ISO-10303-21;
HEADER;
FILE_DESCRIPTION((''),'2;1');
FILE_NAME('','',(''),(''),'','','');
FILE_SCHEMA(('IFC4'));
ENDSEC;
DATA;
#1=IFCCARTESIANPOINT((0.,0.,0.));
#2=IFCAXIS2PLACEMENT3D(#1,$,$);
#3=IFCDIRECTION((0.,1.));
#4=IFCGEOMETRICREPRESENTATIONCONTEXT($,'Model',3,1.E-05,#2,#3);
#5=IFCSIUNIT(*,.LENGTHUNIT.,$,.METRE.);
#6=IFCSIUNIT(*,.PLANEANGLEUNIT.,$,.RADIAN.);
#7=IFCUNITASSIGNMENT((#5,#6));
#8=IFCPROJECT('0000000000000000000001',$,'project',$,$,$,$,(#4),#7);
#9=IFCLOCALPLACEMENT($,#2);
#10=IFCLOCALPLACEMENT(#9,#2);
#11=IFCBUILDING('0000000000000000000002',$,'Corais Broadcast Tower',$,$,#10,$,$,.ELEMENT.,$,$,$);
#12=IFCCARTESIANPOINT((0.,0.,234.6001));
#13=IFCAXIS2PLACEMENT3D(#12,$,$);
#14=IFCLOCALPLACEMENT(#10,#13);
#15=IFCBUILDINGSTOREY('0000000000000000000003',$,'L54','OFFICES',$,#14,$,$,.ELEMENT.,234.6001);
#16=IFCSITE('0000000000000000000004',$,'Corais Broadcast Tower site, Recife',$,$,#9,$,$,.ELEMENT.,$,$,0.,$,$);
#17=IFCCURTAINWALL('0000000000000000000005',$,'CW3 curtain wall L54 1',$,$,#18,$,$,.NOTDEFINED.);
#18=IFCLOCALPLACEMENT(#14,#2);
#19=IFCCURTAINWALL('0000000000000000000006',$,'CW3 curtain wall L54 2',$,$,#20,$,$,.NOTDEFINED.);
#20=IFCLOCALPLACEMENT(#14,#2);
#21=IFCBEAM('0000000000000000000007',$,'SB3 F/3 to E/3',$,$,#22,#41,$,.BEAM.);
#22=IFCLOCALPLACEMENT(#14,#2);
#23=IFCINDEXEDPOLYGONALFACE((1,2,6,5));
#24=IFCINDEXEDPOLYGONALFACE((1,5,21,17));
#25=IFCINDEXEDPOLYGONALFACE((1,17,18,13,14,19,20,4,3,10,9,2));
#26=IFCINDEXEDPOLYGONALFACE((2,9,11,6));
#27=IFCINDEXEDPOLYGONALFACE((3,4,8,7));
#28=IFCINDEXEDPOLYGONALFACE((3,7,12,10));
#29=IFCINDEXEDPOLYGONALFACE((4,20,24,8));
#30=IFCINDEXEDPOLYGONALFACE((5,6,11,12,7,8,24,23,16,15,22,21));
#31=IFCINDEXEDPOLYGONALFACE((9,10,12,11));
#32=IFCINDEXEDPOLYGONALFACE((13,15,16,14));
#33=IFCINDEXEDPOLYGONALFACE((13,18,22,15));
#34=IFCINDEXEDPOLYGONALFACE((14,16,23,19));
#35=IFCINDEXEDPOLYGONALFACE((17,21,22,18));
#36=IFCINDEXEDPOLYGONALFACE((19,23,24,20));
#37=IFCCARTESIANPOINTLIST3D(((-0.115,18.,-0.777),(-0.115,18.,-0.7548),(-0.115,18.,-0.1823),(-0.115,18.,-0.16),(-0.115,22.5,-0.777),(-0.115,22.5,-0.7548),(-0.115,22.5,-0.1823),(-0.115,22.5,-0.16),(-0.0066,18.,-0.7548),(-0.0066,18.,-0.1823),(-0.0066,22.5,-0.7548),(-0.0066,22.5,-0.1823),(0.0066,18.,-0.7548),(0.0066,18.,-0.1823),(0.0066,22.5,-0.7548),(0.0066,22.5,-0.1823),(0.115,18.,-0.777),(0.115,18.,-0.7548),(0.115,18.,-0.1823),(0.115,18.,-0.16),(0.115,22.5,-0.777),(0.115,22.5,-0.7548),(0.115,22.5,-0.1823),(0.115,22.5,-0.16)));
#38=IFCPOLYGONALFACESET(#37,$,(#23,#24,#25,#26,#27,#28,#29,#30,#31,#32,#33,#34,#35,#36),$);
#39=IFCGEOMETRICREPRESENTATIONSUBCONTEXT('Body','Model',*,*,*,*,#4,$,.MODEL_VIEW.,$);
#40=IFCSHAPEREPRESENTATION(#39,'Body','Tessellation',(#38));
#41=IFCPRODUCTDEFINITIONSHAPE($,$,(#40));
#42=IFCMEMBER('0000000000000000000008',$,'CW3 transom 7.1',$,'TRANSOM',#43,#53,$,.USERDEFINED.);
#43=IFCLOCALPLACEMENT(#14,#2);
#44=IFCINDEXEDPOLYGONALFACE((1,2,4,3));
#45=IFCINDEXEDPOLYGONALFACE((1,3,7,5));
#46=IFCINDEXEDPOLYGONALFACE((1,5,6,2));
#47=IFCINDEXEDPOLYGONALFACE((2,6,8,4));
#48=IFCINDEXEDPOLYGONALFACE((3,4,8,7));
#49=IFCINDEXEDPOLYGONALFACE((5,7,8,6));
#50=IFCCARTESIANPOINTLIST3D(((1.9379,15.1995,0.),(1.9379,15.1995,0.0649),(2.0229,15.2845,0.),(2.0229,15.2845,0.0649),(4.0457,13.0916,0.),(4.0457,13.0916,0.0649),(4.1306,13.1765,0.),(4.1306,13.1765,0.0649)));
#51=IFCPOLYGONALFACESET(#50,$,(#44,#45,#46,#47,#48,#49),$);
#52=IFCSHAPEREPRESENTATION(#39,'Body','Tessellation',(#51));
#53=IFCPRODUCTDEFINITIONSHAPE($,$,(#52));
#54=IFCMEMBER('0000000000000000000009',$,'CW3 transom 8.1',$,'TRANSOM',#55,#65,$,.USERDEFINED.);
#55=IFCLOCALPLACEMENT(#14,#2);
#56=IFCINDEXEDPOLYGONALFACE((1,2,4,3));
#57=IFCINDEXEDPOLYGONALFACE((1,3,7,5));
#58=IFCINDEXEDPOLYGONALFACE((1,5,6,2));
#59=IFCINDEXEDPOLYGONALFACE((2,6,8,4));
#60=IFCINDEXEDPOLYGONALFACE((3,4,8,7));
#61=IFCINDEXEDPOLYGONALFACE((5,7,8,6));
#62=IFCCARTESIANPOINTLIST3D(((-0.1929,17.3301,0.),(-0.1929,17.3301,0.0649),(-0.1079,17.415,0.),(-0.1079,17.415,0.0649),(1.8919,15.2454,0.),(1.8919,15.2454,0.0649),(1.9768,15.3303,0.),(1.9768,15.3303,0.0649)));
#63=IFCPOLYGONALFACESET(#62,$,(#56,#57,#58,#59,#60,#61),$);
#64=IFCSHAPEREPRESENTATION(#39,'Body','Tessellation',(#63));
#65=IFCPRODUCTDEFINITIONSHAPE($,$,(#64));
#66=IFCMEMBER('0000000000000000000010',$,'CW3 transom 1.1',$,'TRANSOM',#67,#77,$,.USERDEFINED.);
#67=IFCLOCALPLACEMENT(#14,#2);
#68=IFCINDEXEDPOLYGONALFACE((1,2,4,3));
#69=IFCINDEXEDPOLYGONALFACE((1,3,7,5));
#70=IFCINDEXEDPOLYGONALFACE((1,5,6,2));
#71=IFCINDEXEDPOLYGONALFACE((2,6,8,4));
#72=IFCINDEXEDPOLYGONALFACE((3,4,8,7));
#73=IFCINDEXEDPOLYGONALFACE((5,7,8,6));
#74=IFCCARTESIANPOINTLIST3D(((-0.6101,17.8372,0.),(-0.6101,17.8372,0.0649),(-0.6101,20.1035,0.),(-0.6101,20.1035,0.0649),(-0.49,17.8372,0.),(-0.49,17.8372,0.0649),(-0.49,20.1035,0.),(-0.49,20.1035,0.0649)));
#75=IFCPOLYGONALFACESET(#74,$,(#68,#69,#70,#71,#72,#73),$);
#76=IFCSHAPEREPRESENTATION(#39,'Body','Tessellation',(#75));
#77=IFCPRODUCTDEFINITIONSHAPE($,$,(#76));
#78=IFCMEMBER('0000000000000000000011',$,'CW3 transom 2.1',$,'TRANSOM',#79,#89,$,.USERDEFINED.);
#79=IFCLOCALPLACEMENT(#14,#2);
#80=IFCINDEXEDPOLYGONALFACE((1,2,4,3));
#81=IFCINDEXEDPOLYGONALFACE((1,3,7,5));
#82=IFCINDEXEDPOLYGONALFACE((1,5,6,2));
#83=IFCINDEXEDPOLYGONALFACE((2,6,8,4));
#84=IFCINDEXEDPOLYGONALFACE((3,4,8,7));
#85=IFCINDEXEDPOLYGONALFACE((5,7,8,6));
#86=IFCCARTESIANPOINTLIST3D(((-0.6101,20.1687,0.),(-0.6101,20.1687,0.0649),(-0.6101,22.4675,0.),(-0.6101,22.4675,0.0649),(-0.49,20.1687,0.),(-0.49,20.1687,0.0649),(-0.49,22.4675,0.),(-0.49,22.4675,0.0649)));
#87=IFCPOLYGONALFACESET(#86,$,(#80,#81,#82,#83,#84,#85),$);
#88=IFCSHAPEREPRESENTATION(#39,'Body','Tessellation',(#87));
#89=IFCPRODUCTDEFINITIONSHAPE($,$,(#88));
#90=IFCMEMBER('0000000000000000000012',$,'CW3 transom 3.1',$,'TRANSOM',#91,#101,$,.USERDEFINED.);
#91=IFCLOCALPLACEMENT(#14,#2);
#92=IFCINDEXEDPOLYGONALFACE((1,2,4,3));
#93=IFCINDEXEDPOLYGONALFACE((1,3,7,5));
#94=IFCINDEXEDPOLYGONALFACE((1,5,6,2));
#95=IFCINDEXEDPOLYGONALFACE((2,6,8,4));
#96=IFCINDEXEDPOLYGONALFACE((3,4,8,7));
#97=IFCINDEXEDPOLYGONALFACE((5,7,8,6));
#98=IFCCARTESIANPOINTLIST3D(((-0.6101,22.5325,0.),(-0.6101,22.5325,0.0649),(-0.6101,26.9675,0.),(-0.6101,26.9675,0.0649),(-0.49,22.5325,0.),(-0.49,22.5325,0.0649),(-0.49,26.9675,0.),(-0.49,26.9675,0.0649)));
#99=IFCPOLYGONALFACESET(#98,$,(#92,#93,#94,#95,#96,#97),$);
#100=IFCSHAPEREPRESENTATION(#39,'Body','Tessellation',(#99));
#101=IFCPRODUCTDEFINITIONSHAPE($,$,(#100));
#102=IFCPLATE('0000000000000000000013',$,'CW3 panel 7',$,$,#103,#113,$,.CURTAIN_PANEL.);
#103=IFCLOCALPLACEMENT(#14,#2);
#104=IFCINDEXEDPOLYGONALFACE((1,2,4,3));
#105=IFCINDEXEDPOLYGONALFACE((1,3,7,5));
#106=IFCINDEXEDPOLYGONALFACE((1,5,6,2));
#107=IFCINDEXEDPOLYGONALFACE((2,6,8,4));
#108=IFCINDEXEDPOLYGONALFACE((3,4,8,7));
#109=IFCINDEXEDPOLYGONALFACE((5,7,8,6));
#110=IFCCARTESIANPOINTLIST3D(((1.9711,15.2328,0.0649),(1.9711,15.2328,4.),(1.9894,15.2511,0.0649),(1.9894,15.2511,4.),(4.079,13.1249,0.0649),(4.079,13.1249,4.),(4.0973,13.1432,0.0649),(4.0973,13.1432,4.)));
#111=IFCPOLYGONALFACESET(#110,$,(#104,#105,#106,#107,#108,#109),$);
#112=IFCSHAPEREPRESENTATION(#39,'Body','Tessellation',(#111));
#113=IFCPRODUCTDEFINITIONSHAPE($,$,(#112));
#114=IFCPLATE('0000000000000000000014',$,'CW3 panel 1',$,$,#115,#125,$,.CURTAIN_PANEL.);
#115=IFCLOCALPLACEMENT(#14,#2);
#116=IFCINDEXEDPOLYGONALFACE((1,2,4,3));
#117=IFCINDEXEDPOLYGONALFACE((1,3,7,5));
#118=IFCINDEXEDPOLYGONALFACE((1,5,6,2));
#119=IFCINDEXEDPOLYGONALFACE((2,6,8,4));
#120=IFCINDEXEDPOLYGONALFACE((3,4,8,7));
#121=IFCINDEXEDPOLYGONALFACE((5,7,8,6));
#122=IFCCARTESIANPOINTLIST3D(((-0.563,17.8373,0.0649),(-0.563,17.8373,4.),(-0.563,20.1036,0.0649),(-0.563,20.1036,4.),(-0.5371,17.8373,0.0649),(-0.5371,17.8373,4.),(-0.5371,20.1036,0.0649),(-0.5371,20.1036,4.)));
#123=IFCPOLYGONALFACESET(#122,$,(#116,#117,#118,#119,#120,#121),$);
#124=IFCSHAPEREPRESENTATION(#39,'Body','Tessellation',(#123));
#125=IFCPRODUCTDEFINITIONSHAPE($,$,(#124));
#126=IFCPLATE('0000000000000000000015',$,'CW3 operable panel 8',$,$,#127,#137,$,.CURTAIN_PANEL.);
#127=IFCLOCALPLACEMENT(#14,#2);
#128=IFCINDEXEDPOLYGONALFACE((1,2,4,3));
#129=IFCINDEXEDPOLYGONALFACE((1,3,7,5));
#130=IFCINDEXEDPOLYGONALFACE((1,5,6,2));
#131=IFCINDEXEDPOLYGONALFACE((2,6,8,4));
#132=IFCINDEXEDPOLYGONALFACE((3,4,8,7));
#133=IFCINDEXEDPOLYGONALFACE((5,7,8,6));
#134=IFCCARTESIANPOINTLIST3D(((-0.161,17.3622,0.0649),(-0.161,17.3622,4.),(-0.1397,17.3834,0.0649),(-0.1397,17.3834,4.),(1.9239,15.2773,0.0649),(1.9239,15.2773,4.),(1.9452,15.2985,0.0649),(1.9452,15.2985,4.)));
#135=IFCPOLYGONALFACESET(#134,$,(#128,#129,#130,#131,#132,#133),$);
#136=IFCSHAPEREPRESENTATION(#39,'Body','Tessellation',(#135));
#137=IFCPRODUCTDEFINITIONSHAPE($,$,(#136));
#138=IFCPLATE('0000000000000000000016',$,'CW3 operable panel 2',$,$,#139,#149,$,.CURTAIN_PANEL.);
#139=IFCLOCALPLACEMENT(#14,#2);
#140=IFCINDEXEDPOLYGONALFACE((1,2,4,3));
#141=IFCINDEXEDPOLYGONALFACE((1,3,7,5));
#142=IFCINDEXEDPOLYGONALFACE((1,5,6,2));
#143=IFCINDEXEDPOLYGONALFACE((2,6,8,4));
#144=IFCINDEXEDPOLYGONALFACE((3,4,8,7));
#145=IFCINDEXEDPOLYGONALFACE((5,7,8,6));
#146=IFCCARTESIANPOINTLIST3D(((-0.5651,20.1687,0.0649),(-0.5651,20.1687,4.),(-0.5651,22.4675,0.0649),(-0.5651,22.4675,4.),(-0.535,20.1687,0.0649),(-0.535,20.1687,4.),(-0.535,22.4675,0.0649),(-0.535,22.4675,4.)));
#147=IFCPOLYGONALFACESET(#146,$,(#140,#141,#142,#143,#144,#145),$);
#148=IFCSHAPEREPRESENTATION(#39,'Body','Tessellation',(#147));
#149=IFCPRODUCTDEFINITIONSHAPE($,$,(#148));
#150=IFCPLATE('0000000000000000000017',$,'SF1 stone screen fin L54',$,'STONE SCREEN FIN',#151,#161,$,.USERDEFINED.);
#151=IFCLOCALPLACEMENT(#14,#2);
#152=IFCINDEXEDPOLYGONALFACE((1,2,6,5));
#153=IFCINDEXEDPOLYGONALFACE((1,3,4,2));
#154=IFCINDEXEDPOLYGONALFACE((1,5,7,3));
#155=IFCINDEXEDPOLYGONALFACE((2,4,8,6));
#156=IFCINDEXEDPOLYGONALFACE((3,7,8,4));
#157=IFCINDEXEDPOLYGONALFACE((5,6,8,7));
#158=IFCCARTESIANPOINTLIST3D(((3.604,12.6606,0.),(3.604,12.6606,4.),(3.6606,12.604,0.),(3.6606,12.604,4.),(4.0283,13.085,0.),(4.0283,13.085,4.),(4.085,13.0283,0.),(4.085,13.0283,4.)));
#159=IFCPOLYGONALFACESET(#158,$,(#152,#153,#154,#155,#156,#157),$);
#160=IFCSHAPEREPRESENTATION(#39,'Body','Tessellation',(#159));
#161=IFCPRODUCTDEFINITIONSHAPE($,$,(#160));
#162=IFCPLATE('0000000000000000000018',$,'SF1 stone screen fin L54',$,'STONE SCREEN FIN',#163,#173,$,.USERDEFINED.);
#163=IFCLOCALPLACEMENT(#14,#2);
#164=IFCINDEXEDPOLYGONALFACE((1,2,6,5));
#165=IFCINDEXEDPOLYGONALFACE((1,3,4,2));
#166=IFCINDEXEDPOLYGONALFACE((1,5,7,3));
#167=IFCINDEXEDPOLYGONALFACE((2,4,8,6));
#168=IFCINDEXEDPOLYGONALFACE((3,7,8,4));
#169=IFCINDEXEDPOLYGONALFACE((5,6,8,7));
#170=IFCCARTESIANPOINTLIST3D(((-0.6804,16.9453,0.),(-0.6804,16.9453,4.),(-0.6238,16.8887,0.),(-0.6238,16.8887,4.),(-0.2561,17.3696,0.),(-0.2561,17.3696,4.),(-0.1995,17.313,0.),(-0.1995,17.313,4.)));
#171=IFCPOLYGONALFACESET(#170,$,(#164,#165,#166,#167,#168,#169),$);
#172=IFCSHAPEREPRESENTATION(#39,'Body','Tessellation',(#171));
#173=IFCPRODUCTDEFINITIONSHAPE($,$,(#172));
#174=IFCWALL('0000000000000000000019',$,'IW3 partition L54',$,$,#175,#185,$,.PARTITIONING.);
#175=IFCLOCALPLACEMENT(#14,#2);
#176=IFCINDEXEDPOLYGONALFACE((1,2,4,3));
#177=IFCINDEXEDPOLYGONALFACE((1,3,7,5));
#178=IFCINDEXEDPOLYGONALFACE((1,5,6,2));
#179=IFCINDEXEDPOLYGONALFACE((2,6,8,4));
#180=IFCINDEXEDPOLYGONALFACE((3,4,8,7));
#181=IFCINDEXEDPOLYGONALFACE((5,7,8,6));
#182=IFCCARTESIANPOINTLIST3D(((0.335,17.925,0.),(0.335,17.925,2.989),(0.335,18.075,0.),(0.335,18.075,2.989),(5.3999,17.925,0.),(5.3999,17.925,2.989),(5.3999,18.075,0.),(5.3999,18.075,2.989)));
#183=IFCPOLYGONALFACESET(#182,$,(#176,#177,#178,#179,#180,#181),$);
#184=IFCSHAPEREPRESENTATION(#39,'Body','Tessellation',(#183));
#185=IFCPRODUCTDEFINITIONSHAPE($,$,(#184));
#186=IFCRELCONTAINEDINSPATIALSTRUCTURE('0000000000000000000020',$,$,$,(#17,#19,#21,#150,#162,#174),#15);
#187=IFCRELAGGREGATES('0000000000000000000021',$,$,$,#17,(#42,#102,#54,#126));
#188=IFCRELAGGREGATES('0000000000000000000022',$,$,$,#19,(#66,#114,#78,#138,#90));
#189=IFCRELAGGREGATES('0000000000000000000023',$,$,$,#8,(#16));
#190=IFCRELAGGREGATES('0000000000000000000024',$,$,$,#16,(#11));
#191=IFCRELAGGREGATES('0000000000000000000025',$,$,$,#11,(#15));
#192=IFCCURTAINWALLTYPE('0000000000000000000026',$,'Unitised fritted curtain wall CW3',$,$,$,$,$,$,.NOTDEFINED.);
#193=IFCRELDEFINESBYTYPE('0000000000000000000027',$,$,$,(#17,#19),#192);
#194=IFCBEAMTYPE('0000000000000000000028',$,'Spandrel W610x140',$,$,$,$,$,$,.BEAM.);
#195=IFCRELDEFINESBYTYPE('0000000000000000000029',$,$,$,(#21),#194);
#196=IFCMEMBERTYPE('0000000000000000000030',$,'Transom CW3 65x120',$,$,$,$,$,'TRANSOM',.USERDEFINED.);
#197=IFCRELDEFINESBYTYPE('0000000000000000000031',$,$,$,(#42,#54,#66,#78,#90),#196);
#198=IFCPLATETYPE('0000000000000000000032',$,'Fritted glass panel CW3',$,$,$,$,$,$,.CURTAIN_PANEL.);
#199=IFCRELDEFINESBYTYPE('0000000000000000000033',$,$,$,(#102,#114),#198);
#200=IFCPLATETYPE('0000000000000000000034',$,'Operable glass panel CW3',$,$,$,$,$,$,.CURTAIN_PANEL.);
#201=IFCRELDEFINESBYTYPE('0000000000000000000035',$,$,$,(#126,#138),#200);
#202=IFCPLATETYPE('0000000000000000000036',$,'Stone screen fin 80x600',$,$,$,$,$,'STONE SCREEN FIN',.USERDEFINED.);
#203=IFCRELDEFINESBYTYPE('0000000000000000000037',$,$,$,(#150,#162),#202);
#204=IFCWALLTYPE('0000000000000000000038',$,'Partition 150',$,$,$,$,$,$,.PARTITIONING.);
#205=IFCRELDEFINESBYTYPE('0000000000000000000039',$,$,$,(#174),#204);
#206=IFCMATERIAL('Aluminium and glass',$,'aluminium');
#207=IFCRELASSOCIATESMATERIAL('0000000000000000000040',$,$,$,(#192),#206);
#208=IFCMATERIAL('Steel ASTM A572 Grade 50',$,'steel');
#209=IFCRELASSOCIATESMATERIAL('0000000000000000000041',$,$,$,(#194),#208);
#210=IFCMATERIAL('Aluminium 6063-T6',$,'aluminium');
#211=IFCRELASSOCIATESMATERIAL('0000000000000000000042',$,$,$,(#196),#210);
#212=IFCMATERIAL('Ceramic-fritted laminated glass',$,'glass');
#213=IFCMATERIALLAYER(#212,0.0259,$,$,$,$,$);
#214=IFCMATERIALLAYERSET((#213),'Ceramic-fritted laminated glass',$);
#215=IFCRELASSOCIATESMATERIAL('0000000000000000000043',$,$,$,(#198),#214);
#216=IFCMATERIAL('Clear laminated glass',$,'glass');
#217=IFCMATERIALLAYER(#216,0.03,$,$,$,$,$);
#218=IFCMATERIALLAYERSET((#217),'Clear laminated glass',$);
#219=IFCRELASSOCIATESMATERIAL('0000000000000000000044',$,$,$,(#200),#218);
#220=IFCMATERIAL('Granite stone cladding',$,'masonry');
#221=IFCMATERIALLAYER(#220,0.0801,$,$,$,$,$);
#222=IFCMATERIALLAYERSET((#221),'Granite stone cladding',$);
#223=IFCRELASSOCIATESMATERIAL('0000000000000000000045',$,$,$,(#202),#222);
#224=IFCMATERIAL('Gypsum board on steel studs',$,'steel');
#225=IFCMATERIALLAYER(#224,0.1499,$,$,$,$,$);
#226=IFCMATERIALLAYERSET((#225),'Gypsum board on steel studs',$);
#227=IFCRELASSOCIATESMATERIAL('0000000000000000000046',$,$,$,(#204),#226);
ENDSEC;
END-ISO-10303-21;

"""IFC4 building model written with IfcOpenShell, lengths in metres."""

from ifc_helpers import new_model, si_unit, direction, frame, frame_2d, origin, origin_2d, place, context, subcontext, project, spatial, rectangle, i_section, extrude, material, layer, layer_set, material_profile, profile_set, type_object, element, aggregate, save


model = new_model("IFC4")

# Units and contexts
model_context = context("Model", 3, precision=1e-05, world=origin(), true_north=direction((0.0, 1.0)))
body_context = subcontext(model_context, "Body", "Model", "MODEL_VIEW")
ifc_project = project(units=[si_unit("LENGTHUNIT", "METRE"), si_unit("PLANEANGLEUNIT", "RADIAN")], contexts=[model_context])

# Site, building, storey
site_placement = place(None, origin())
site = spatial("IfcSite", under=ifc_project, at=site_placement, Name="Corais Broadcast Tower site, Recife", CompositionType="ELEMENT", RefElevation=0.0)
building_placement = place(site_placement, origin())
building = spatial("IfcBuilding", under=site, at=building_placement, Name="Corais Broadcast Tower", CompositionType="ELEMENT")
storey_placement = place(building_placement, frame((0.0, 0.0, 234.6001)))
storey = spatial("IfcBuildingStorey", under=building, at=storey_placement, Name="L54", Description="OFFICES", CompositionType="ELEMENT", Elevation=234.6001)

# Curtain walls
ifc_material_1 = material(Name="Aluminium and glass", Category="aluminium")
curtain_wall_type = type_object("IfcCurtainWallType", Name="Unitised fritted curtain wall CW3", PredefinedType="NOTDEFINED", material=ifc_material_1)
curtain_wall_1_placement = place(storey_placement, origin())
curtain_wall_1 = element("IfcCurtainWall", 1, at=curtain_wall_1_placement, inside=storey, type_object=curtain_wall_type, Name="CW3 curtain wall L54 1", PredefinedType="NOTDEFINED")
curtain_wall_2_placement = place(storey_placement, origin())
curtain_wall_2 = element("IfcCurtainWall", 2, at=curtain_wall_2_placement, inside=storey, type_object=curtain_wall_type, Name="CW3 curtain wall L54 2", PredefinedType="NOTDEFINED")

# Beam
ifc_material_2 = material(Name="Steel ASTM A572 Grade 50", Category="steel")
ifc_material_profile_1 = material_profile(ifc_material_2, i_section(OverallWidth=0.23, OverallDepth=0.6169, WebThickness=0.0132, FlangeThickness=0.0222, at=origin_2d()), Name="W610x140")
ifc_profile_set_1 = profile_set([ifc_material_profile_1], Name="Steel ASTM A572 Grade 50")
beam_type_1 = type_object("IfcBeamType", Name="Spandrel W610x140", PredefinedType="BEAM", material=ifc_profile_set_1)
beam_1_placement = place(storey_placement, frame((0.0, 22.5, -0.4685), z_axis=(0.0, -1.0, 0.0), x_axis=(1.0, 0.0, 0.0)))
element("IfcBeam", 3, at=beam_1_placement, inside=storey, type_object=beam_type_1, Name="SB3 F/3 to E/3", PredefinedType="BEAM", context=body_context, shape_type="SweptSolid", body=[
    extrude(i_section(OverallWidth=0.23, OverallDepth=0.6169, WebThickness=0.0132, FlangeThickness=0.0222, at=origin_2d()), origin(), (0.0, 0.0, 1.0), 4.5),
])

# Members
ifc_material_3 = material(Name="Aluminium 6063-T6", Category="aluminium")
ifc_material_profile_2 = material_profile(ifc_material_3, rectangle(XDim=0.1201, YDim=0.0649, at=origin_2d()), Name="Transom CW3 65x120")
ifc_profile_set_2 = profile_set([ifc_material_profile_2], Name="Aluminium 6063-T6")
member_type_1 = type_object("IfcMemberType", Name="Transom CW3 65x120", ElementType="TRANSOM", PredefinedType="USERDEFINED", material=ifc_profile_set_2)
member_1_placement = place(storey_placement, frame((4.0881, 13.134, 0.0325), z_axis=(-0.707066, 0.707148, 0.0), x_axis=(-0.707148, -0.707066, 0.0)))
member_1 = element("IfcMember", 4, at=member_1_placement, type_object=member_type_1, Name="CW3 transom 7.1", ObjectType="TRANSOM", PredefinedType="USERDEFINED", context=body_context, shape_type="SweptSolid", body=[
    extrude(rectangle(XDim=0.1201, YDim=0.0649, at=origin_2d()), origin(), (0.0, 0.0, 1.0), 2.981),
])
member_2_placement = place(storey_placement, frame((1.9343, 15.2878, 0.0325), z_axis=(-0.707107, 0.707107, 0.0), x_axis=(-0.707107, -0.707107, 0.0)))
member_2 = element("IfcMember", 5, at=member_2_placement, type_object=member_type_1, Name="CW3 transom 8.1", ObjectType="TRANSOM", PredefinedType="USERDEFINED", context=body_context, shape_type="SweptSolid", body=[
    extrude(rectangle(XDim=0.1201, YDim=0.0649, at=origin_2d()), origin(), (0.0, 0.0, 1.0), 2.9482),
])
member_3_placement = place(storey_placement, frame((-0.55, 17.8372, 0.0325), z_axis=(0.0, 1.0, 0.0), x_axis=(-1.0, 0.0, 0.0)))
member_3 = element("IfcMember", 6, at=member_3_placement, type_object=member_type_1, Name="CW3 transom 1.1", ObjectType="TRANSOM", PredefinedType="USERDEFINED", context=body_context, shape_type="SweptSolid", body=[
    extrude(rectangle(XDim=0.1201, YDim=0.0649, at=origin_2d()), origin(), (0.0, 0.0, 1.0), 2.2664),
])
member_4_placement = place(storey_placement, frame((-0.55, 20.1687, 0.0325), z_axis=(0.0, 1.0, 0.0), x_axis=(-1.0, 0.0, 0.0)))
member_4 = element("IfcMember", 7, at=member_4_placement, type_object=member_type_1, Name="CW3 transom 2.1", ObjectType="TRANSOM", PredefinedType="USERDEFINED", context=body_context, shape_type="SweptSolid", body=[
    extrude(rectangle(XDim=0.1201, YDim=0.0649, at=origin_2d()), origin(), (0.0, 0.0, 1.0), 2.2988),
])
member_5_placement = place(storey_placement, frame((-0.55, 22.5325, 0.0325), z_axis=(0.0, 1.0, 0.0), x_axis=(-1.0, 0.0, 0.0)))
member_5 = element("IfcMember", 8, at=member_5_placement, type_object=member_type_1, Name="CW3 transom 3.1", ObjectType="TRANSOM", PredefinedType="USERDEFINED", context=body_context, shape_type="SweptSolid", body=[
    extrude(rectangle(XDim=0.1201, YDim=0.0649, at=origin_2d()), origin(), (0.0, 0.0, 1.0), 4.4351),
])

# Plates
ifc_material_4 = material(Name="Ceramic-fritted laminated glass", Category="glass")
ifc_layer_1 = layer(ifc_material_4, 0.0259)
ifc_layer_set_1 = layer_set([ifc_layer_1], Name="Ceramic-fritted laminated glass")
plate_type_1 = type_object("IfcPlateType", Name="Fritted glass panel CW3", PredefinedType="CURTAIN_PANEL", material=ifc_layer_set_1)
plate_1_placement = place(storey_placement, frame((3.0342, 14.188, 0.0649), z_axis=(0.0, 0.0, 1.0), x_axis=(-0.707107, 0.707107, 0.0)))
plate_1 = element("IfcPlate", 9, at=plate_1_placement, type_object=plate_type_1, Name="CW3 panel 7", PredefinedType="CURTAIN_PANEL", context=body_context, shape_type="SweptSolid", body=[
    extrude(rectangle(XDim=2.981, YDim=0.0259, at=origin_2d()), origin(), (0.0, 0.0, 1.0), 3.9351),
])
plate_2_placement = place(storey_placement, frame((-0.55, 18.9705, 0.0649), z_axis=(0.0, 0.0, 1.0), x_axis=(0.0, 1.0, 0.0)))
plate_2 = element("IfcPlate", 10, at=plate_2_placement, type_object=plate_type_1, Name="CW3 panel 1", PredefinedType="CURTAIN_PANEL", context=body_context, shape_type="SweptSolid", body=[
    extrude(rectangle(XDim=2.2664, YDim=0.0259, at=origin_2d()), origin(), (0.0, 0.0, 1.0), 3.9351),
])
ifc_material_5 = material(Name="Clear laminated glass", Category="glass")
ifc_layer_2 = layer(ifc_material_5, 0.03)
ifc_layer_set_2 = layer_set([ifc_layer_2], Name="Clear laminated glass")
plate_type_2 = type_object("IfcPlateType", Name="Operable glass panel CW3", PredefinedType="CURTAIN_PANEL", material=ifc_layer_set_2)
plate_3_placement = place(storey_placement, frame((0.8921, 16.3303, 0.0649), z_axis=(0.0, 0.0, 1.0), x_axis=(-0.707107, 0.707107, 0.0)))
plate_3 = element("IfcPlate", 11, at=plate_3_placement, type_object=plate_type_2, Name="CW3 operable panel 8", PredefinedType="CURTAIN_PANEL", context=body_context, shape_type="SweptSolid", body=[
    extrude(rectangle(XDim=2.9485, YDim=0.03, at=origin_2d()), origin(), (0.0, 0.0, 1.0), 3.9351),
])
aggregate(curtain_wall_1, [member_1, plate_1, member_2, plate_3])
plate_4_placement = place(storey_placement, frame((-0.55, 21.3181, 0.0649), z_axis=(0.0, 0.0, 1.0), x_axis=(0.0, 1.0, 0.0)))
plate_4 = element("IfcPlate", 12, at=plate_4_placement, type_object=plate_type_2, Name="CW3 operable panel 2", PredefinedType="CURTAIN_PANEL", context=body_context, shape_type="SweptSolid", body=[
    extrude(rectangle(XDim=2.2988, YDim=0.03, at=origin_2d()), origin(), (0.0, 0.0, 1.0), 3.9351),
])
aggregate(curtain_wall_2, [member_3, plate_2, member_4, plate_4, member_5])

# Plates
ifc_material_6 = material(Name="Granite stone cladding", Category="masonry")
ifc_layer_3 = layer(ifc_material_6, 0.0801)
ifc_layer_set_3 = layer_set([ifc_layer_3], Name="Granite stone cladding")
plate_type_3 = type_object("IfcPlateType", Name="Stone screen fin 80x600", ElementType="STONE SCREEN FIN", PredefinedType="USERDEFINED", material=ifc_layer_set_3)
for number, where, z_axis, x_axis, name in (
    (13, (3.8445, 12.8445, 0.0), (0.0, 0.0, 1.0), (-0.707107, 0.707107, 0.0), "SF1 stone screen fin L54"),
    (14, (-0.4399, 17.1292, 0.0), (0.0, 0.0, 1.0), (-0.707107, 0.707107, 0.0), "SF1 stone screen fin L54"),
):
    element("IfcPlate", number, at=place(storey_placement, frame(where, z_axis=z_axis, x_axis=x_axis)), inside=storey, type_object=plate_type_3, Name=name, ObjectType="STONE SCREEN FIN", PredefinedType="USERDEFINED", context=body_context, shape_type="SweptSolid", body=[
        extrude(rectangle(XDim=0.0801, YDim=0.6001, at=origin_2d()), origin(), (0.0, 0.0, 1.0), 4.0),
    ])

# Wall
ifc_material_7 = material(Name="Gypsum board on steel studs", Category="steel")
ifc_layer_4 = layer(ifc_material_7, 0.1499)
ifc_layer_set_4 = layer_set([ifc_layer_4], Name="Gypsum board on steel studs")
wall_type = type_object("IfcWallType", Name="Partition 150", PredefinedType="PARTITIONING", material=ifc_layer_set_4)
wall_placement = place(storey_placement, frame((0.335, 18.0, 0.0), z_axis=(0.0, 0.0, 1.0), x_axis=(1.0, 0.0, 0.0)))
element("IfcWall", 15, at=wall_placement, inside=storey, type_object=wall_type, Name="IW3 partition L54", PredefinedType="PARTITIONING", context=body_context, shape_type="SweptSolid", body=[
    extrude(rectangle(XDim=5.0649, YDim=0.1499, at=frame_2d((2.5325, 0.0))), origin(), (0.0, 0.0, 1.0), 2.989),
])

save(model, "model.ifc")
